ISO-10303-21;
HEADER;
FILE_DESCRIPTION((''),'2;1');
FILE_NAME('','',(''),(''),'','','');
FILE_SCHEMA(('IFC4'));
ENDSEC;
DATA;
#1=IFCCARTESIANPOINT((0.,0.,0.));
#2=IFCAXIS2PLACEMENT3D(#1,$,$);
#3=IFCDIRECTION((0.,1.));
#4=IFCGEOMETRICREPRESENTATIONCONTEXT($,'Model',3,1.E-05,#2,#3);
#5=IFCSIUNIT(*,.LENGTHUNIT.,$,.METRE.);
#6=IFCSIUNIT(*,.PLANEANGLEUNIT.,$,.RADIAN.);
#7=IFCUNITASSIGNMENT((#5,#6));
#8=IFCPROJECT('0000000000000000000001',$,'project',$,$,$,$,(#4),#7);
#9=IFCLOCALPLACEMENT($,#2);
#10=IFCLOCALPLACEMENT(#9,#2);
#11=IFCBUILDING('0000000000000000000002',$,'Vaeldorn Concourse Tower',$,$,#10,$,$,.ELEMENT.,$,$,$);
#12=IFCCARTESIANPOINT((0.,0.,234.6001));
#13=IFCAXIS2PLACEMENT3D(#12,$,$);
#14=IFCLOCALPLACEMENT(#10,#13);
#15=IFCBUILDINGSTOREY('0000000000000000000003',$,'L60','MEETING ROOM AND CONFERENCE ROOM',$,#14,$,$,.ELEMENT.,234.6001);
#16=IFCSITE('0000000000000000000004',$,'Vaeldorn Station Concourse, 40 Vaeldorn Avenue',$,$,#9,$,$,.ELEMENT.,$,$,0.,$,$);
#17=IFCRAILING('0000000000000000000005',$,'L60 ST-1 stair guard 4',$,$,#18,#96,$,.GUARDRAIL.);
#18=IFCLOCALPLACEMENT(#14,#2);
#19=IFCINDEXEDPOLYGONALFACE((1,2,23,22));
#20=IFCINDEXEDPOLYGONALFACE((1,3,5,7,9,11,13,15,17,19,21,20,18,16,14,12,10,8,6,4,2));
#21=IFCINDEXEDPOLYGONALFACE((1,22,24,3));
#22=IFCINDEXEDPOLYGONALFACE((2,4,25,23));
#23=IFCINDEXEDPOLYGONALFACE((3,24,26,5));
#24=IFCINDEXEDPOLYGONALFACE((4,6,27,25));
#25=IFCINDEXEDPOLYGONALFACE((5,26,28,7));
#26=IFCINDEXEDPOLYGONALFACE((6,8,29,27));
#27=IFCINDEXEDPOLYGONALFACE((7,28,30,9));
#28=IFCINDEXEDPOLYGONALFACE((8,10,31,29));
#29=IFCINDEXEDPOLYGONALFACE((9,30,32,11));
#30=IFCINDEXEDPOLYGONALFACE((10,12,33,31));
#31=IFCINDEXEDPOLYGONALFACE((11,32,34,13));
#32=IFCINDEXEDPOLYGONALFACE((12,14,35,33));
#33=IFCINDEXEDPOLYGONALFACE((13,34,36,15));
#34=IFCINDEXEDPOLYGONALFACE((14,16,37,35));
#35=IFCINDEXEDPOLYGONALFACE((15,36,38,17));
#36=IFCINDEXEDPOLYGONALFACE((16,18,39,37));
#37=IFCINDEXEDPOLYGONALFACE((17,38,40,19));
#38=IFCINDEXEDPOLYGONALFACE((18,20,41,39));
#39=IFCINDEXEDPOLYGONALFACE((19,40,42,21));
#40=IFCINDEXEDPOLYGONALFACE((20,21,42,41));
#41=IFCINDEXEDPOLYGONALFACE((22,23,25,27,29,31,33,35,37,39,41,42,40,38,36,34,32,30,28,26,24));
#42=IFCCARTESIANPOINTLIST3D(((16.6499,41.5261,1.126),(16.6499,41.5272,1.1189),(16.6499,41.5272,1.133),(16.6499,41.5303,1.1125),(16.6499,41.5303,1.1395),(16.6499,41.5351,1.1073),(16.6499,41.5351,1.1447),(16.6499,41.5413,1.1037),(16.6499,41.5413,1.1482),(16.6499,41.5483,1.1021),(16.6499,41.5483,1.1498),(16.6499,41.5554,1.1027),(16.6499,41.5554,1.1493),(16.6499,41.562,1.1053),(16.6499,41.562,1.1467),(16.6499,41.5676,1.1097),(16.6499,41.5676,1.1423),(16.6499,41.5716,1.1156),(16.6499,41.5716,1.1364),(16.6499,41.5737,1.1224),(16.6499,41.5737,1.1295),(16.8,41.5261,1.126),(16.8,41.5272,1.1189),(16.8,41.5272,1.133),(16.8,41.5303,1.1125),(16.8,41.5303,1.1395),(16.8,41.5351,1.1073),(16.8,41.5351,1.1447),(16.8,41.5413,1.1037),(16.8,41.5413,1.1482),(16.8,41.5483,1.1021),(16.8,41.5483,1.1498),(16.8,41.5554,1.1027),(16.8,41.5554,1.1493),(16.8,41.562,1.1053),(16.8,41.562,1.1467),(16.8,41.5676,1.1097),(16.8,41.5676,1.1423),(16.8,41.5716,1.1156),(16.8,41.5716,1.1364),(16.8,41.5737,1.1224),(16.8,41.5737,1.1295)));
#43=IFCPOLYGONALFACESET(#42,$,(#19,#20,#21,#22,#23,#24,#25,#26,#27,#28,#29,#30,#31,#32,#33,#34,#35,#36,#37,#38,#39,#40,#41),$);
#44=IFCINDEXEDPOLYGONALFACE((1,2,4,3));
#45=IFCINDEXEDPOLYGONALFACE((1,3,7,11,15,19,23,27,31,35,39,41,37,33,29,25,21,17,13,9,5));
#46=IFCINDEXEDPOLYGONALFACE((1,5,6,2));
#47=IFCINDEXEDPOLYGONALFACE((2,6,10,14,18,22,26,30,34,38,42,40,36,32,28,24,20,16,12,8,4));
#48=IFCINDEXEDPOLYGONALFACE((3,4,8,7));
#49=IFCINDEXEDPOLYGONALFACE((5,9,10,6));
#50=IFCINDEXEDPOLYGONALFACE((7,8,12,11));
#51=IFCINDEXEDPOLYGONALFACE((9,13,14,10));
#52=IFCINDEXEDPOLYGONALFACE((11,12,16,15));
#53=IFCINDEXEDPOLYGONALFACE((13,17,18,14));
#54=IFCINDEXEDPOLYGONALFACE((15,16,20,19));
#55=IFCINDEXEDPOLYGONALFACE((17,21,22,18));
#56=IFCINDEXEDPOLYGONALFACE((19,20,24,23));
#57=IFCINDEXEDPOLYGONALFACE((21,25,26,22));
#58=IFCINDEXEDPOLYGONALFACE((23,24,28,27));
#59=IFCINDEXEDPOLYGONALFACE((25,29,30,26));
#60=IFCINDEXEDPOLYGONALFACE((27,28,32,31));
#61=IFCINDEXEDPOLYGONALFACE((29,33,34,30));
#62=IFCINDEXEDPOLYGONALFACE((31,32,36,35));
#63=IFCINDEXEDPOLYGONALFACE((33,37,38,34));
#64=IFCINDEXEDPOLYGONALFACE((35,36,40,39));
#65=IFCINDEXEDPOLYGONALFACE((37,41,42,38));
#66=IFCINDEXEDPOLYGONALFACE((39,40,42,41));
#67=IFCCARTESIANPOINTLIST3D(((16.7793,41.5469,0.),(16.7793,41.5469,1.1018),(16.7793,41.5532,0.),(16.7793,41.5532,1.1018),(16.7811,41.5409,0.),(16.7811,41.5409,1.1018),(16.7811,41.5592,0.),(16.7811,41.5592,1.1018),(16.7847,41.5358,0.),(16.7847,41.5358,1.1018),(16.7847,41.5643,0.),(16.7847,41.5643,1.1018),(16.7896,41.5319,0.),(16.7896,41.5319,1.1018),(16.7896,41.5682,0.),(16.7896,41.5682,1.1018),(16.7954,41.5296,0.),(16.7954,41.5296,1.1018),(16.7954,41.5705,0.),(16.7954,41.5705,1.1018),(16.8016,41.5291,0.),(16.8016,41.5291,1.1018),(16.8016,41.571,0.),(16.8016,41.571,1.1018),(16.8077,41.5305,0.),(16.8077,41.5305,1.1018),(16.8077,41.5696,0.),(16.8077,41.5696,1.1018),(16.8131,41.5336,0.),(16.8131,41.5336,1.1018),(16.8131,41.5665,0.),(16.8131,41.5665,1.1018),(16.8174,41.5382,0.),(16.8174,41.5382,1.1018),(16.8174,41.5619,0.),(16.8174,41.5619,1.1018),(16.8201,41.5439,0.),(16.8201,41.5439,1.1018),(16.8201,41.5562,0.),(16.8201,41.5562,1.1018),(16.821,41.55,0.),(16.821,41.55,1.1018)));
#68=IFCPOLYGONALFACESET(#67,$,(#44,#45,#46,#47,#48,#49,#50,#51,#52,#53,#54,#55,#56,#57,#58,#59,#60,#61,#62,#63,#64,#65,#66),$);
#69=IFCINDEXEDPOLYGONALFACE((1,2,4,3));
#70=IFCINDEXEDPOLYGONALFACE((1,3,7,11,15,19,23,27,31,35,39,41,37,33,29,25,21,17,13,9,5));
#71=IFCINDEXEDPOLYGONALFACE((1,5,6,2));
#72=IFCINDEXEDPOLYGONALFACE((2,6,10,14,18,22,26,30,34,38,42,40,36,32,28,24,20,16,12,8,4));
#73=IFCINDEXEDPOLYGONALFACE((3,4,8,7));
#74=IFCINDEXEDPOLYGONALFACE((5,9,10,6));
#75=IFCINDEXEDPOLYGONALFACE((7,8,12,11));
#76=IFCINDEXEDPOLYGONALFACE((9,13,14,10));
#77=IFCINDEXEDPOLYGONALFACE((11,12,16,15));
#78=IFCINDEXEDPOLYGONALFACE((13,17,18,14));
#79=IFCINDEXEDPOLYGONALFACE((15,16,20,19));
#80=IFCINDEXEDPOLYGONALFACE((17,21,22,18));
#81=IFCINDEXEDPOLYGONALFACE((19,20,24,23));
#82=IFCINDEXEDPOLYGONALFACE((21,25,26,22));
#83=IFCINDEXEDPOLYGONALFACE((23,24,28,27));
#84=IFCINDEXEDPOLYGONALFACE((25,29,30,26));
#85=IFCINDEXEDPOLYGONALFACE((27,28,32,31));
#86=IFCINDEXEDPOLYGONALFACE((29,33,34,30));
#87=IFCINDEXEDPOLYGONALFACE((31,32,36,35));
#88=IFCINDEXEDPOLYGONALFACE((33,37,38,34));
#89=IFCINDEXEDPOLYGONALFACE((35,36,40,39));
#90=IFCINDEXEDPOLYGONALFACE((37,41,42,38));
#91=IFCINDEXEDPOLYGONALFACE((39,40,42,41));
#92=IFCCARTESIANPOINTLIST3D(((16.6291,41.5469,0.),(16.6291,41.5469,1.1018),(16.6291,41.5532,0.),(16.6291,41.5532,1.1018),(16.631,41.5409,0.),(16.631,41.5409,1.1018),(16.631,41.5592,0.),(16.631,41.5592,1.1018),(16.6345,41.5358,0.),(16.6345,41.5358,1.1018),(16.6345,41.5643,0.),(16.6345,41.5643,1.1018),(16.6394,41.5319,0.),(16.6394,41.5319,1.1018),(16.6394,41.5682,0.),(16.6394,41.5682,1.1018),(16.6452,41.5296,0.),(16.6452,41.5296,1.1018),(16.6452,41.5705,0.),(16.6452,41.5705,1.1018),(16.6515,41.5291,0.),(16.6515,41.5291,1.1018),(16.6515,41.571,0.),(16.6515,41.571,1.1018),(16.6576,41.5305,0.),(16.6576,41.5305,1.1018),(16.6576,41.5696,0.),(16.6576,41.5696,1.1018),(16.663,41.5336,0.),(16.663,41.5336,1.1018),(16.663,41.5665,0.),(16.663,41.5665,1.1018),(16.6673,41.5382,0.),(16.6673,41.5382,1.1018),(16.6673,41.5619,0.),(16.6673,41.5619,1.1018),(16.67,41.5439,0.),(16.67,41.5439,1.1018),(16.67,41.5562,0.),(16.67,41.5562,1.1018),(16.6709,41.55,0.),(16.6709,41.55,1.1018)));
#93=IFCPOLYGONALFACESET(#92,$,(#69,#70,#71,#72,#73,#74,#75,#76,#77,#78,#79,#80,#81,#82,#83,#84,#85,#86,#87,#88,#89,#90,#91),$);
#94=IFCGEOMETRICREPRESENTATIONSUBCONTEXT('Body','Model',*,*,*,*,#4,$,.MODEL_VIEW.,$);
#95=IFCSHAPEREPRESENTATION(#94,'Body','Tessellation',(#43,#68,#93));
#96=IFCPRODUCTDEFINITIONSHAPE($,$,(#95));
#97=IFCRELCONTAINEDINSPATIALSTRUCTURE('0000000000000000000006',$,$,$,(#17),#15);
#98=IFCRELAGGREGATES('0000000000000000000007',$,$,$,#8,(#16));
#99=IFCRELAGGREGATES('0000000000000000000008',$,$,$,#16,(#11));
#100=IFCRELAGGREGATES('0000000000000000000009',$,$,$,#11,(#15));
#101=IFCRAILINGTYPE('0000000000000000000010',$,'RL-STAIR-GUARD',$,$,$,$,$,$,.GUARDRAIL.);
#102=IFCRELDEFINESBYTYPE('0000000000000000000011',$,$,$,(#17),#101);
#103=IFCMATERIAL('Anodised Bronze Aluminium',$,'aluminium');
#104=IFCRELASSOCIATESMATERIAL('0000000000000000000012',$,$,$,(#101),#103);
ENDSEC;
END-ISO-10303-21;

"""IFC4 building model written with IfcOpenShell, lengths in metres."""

from ifc_helpers import new_model, si_unit, direction, frame, origin, origin_2d, place, context, subcontext, project, spatial, circle, extrude, material, type_object, element, save


model = new_model("IFC4")

# Units and contexts
model_context = context("Model", 3, precision=1e-05, world=origin(), true_north=direction((0.0, 1.0)))
body_context = subcontext(model_context, "Body", "Model", "MODEL_VIEW")
ifc_project = project(units=[si_unit("LENGTHUNIT", "METRE"), si_unit("PLANEANGLEUNIT", "RADIAN")], contexts=[model_context])

# Site, building, storey
site_placement = place(None, origin())
site = spatial("IfcSite", under=ifc_project, at=site_placement, Name="Vaeldorn Station Concourse, 40 Vaeldorn Avenue", CompositionType="ELEMENT", RefElevation=0.0)
building_placement = place(site_placement, origin())
building = spatial("IfcBuilding", under=site, at=building_placement, Name="Vaeldorn Concourse Tower", CompositionType="ELEMENT")
storey_placement = place(building_placement, frame((0.0, 0.0, 234.6001)))
storey = spatial("IfcBuildingStorey", under=building, at=storey_placement, Name="L60", Description="MEETING ROOM AND CONFERENCE ROOM", CompositionType="ELEMENT", Elevation=234.6001)

# Shared definitions
ifc_material_1 = material(Name="Anodised Bronze Aluminium", Category="aluminium")

# Railing
railing_type_1 = type_object("IfcRailingType", Name="RL-STAIR-GUARD", PredefinedType="GUARDRAIL", material=ifc_material_1)
railing_1_placement = place(storey_placement, frame((16.8, 41.55, 0.0)))
element("IfcRailing", 1, at=railing_1_placement, inside=storey, type_object=railing_type_1, Name="L60 ST-1 stair guard 4", PredefinedType="GUARDRAIL", context=body_context, shape_type="SweptSolid", body=[
    extrude(circle(Radius=0.0239, at=origin_2d()), frame((0.0, 0.0, 1.126), z_axis=(-1.0, 0.0, 0.0), x_axis=(0.0, -1.0, 0.0)), (0.0, 0.0, 1.0), 0.1501),
    extrude(circle(Radius=0.021, at=origin_2d()), origin(), (0.0, 0.0, 1.0), 1.1018),
    extrude(circle(Radius=0.021, at=origin_2d()), frame((-0.1501, 0.0, 0.0)), (0.0, 0.0, 1.0), 1.1018),
])

save(model, "model.ifc")
